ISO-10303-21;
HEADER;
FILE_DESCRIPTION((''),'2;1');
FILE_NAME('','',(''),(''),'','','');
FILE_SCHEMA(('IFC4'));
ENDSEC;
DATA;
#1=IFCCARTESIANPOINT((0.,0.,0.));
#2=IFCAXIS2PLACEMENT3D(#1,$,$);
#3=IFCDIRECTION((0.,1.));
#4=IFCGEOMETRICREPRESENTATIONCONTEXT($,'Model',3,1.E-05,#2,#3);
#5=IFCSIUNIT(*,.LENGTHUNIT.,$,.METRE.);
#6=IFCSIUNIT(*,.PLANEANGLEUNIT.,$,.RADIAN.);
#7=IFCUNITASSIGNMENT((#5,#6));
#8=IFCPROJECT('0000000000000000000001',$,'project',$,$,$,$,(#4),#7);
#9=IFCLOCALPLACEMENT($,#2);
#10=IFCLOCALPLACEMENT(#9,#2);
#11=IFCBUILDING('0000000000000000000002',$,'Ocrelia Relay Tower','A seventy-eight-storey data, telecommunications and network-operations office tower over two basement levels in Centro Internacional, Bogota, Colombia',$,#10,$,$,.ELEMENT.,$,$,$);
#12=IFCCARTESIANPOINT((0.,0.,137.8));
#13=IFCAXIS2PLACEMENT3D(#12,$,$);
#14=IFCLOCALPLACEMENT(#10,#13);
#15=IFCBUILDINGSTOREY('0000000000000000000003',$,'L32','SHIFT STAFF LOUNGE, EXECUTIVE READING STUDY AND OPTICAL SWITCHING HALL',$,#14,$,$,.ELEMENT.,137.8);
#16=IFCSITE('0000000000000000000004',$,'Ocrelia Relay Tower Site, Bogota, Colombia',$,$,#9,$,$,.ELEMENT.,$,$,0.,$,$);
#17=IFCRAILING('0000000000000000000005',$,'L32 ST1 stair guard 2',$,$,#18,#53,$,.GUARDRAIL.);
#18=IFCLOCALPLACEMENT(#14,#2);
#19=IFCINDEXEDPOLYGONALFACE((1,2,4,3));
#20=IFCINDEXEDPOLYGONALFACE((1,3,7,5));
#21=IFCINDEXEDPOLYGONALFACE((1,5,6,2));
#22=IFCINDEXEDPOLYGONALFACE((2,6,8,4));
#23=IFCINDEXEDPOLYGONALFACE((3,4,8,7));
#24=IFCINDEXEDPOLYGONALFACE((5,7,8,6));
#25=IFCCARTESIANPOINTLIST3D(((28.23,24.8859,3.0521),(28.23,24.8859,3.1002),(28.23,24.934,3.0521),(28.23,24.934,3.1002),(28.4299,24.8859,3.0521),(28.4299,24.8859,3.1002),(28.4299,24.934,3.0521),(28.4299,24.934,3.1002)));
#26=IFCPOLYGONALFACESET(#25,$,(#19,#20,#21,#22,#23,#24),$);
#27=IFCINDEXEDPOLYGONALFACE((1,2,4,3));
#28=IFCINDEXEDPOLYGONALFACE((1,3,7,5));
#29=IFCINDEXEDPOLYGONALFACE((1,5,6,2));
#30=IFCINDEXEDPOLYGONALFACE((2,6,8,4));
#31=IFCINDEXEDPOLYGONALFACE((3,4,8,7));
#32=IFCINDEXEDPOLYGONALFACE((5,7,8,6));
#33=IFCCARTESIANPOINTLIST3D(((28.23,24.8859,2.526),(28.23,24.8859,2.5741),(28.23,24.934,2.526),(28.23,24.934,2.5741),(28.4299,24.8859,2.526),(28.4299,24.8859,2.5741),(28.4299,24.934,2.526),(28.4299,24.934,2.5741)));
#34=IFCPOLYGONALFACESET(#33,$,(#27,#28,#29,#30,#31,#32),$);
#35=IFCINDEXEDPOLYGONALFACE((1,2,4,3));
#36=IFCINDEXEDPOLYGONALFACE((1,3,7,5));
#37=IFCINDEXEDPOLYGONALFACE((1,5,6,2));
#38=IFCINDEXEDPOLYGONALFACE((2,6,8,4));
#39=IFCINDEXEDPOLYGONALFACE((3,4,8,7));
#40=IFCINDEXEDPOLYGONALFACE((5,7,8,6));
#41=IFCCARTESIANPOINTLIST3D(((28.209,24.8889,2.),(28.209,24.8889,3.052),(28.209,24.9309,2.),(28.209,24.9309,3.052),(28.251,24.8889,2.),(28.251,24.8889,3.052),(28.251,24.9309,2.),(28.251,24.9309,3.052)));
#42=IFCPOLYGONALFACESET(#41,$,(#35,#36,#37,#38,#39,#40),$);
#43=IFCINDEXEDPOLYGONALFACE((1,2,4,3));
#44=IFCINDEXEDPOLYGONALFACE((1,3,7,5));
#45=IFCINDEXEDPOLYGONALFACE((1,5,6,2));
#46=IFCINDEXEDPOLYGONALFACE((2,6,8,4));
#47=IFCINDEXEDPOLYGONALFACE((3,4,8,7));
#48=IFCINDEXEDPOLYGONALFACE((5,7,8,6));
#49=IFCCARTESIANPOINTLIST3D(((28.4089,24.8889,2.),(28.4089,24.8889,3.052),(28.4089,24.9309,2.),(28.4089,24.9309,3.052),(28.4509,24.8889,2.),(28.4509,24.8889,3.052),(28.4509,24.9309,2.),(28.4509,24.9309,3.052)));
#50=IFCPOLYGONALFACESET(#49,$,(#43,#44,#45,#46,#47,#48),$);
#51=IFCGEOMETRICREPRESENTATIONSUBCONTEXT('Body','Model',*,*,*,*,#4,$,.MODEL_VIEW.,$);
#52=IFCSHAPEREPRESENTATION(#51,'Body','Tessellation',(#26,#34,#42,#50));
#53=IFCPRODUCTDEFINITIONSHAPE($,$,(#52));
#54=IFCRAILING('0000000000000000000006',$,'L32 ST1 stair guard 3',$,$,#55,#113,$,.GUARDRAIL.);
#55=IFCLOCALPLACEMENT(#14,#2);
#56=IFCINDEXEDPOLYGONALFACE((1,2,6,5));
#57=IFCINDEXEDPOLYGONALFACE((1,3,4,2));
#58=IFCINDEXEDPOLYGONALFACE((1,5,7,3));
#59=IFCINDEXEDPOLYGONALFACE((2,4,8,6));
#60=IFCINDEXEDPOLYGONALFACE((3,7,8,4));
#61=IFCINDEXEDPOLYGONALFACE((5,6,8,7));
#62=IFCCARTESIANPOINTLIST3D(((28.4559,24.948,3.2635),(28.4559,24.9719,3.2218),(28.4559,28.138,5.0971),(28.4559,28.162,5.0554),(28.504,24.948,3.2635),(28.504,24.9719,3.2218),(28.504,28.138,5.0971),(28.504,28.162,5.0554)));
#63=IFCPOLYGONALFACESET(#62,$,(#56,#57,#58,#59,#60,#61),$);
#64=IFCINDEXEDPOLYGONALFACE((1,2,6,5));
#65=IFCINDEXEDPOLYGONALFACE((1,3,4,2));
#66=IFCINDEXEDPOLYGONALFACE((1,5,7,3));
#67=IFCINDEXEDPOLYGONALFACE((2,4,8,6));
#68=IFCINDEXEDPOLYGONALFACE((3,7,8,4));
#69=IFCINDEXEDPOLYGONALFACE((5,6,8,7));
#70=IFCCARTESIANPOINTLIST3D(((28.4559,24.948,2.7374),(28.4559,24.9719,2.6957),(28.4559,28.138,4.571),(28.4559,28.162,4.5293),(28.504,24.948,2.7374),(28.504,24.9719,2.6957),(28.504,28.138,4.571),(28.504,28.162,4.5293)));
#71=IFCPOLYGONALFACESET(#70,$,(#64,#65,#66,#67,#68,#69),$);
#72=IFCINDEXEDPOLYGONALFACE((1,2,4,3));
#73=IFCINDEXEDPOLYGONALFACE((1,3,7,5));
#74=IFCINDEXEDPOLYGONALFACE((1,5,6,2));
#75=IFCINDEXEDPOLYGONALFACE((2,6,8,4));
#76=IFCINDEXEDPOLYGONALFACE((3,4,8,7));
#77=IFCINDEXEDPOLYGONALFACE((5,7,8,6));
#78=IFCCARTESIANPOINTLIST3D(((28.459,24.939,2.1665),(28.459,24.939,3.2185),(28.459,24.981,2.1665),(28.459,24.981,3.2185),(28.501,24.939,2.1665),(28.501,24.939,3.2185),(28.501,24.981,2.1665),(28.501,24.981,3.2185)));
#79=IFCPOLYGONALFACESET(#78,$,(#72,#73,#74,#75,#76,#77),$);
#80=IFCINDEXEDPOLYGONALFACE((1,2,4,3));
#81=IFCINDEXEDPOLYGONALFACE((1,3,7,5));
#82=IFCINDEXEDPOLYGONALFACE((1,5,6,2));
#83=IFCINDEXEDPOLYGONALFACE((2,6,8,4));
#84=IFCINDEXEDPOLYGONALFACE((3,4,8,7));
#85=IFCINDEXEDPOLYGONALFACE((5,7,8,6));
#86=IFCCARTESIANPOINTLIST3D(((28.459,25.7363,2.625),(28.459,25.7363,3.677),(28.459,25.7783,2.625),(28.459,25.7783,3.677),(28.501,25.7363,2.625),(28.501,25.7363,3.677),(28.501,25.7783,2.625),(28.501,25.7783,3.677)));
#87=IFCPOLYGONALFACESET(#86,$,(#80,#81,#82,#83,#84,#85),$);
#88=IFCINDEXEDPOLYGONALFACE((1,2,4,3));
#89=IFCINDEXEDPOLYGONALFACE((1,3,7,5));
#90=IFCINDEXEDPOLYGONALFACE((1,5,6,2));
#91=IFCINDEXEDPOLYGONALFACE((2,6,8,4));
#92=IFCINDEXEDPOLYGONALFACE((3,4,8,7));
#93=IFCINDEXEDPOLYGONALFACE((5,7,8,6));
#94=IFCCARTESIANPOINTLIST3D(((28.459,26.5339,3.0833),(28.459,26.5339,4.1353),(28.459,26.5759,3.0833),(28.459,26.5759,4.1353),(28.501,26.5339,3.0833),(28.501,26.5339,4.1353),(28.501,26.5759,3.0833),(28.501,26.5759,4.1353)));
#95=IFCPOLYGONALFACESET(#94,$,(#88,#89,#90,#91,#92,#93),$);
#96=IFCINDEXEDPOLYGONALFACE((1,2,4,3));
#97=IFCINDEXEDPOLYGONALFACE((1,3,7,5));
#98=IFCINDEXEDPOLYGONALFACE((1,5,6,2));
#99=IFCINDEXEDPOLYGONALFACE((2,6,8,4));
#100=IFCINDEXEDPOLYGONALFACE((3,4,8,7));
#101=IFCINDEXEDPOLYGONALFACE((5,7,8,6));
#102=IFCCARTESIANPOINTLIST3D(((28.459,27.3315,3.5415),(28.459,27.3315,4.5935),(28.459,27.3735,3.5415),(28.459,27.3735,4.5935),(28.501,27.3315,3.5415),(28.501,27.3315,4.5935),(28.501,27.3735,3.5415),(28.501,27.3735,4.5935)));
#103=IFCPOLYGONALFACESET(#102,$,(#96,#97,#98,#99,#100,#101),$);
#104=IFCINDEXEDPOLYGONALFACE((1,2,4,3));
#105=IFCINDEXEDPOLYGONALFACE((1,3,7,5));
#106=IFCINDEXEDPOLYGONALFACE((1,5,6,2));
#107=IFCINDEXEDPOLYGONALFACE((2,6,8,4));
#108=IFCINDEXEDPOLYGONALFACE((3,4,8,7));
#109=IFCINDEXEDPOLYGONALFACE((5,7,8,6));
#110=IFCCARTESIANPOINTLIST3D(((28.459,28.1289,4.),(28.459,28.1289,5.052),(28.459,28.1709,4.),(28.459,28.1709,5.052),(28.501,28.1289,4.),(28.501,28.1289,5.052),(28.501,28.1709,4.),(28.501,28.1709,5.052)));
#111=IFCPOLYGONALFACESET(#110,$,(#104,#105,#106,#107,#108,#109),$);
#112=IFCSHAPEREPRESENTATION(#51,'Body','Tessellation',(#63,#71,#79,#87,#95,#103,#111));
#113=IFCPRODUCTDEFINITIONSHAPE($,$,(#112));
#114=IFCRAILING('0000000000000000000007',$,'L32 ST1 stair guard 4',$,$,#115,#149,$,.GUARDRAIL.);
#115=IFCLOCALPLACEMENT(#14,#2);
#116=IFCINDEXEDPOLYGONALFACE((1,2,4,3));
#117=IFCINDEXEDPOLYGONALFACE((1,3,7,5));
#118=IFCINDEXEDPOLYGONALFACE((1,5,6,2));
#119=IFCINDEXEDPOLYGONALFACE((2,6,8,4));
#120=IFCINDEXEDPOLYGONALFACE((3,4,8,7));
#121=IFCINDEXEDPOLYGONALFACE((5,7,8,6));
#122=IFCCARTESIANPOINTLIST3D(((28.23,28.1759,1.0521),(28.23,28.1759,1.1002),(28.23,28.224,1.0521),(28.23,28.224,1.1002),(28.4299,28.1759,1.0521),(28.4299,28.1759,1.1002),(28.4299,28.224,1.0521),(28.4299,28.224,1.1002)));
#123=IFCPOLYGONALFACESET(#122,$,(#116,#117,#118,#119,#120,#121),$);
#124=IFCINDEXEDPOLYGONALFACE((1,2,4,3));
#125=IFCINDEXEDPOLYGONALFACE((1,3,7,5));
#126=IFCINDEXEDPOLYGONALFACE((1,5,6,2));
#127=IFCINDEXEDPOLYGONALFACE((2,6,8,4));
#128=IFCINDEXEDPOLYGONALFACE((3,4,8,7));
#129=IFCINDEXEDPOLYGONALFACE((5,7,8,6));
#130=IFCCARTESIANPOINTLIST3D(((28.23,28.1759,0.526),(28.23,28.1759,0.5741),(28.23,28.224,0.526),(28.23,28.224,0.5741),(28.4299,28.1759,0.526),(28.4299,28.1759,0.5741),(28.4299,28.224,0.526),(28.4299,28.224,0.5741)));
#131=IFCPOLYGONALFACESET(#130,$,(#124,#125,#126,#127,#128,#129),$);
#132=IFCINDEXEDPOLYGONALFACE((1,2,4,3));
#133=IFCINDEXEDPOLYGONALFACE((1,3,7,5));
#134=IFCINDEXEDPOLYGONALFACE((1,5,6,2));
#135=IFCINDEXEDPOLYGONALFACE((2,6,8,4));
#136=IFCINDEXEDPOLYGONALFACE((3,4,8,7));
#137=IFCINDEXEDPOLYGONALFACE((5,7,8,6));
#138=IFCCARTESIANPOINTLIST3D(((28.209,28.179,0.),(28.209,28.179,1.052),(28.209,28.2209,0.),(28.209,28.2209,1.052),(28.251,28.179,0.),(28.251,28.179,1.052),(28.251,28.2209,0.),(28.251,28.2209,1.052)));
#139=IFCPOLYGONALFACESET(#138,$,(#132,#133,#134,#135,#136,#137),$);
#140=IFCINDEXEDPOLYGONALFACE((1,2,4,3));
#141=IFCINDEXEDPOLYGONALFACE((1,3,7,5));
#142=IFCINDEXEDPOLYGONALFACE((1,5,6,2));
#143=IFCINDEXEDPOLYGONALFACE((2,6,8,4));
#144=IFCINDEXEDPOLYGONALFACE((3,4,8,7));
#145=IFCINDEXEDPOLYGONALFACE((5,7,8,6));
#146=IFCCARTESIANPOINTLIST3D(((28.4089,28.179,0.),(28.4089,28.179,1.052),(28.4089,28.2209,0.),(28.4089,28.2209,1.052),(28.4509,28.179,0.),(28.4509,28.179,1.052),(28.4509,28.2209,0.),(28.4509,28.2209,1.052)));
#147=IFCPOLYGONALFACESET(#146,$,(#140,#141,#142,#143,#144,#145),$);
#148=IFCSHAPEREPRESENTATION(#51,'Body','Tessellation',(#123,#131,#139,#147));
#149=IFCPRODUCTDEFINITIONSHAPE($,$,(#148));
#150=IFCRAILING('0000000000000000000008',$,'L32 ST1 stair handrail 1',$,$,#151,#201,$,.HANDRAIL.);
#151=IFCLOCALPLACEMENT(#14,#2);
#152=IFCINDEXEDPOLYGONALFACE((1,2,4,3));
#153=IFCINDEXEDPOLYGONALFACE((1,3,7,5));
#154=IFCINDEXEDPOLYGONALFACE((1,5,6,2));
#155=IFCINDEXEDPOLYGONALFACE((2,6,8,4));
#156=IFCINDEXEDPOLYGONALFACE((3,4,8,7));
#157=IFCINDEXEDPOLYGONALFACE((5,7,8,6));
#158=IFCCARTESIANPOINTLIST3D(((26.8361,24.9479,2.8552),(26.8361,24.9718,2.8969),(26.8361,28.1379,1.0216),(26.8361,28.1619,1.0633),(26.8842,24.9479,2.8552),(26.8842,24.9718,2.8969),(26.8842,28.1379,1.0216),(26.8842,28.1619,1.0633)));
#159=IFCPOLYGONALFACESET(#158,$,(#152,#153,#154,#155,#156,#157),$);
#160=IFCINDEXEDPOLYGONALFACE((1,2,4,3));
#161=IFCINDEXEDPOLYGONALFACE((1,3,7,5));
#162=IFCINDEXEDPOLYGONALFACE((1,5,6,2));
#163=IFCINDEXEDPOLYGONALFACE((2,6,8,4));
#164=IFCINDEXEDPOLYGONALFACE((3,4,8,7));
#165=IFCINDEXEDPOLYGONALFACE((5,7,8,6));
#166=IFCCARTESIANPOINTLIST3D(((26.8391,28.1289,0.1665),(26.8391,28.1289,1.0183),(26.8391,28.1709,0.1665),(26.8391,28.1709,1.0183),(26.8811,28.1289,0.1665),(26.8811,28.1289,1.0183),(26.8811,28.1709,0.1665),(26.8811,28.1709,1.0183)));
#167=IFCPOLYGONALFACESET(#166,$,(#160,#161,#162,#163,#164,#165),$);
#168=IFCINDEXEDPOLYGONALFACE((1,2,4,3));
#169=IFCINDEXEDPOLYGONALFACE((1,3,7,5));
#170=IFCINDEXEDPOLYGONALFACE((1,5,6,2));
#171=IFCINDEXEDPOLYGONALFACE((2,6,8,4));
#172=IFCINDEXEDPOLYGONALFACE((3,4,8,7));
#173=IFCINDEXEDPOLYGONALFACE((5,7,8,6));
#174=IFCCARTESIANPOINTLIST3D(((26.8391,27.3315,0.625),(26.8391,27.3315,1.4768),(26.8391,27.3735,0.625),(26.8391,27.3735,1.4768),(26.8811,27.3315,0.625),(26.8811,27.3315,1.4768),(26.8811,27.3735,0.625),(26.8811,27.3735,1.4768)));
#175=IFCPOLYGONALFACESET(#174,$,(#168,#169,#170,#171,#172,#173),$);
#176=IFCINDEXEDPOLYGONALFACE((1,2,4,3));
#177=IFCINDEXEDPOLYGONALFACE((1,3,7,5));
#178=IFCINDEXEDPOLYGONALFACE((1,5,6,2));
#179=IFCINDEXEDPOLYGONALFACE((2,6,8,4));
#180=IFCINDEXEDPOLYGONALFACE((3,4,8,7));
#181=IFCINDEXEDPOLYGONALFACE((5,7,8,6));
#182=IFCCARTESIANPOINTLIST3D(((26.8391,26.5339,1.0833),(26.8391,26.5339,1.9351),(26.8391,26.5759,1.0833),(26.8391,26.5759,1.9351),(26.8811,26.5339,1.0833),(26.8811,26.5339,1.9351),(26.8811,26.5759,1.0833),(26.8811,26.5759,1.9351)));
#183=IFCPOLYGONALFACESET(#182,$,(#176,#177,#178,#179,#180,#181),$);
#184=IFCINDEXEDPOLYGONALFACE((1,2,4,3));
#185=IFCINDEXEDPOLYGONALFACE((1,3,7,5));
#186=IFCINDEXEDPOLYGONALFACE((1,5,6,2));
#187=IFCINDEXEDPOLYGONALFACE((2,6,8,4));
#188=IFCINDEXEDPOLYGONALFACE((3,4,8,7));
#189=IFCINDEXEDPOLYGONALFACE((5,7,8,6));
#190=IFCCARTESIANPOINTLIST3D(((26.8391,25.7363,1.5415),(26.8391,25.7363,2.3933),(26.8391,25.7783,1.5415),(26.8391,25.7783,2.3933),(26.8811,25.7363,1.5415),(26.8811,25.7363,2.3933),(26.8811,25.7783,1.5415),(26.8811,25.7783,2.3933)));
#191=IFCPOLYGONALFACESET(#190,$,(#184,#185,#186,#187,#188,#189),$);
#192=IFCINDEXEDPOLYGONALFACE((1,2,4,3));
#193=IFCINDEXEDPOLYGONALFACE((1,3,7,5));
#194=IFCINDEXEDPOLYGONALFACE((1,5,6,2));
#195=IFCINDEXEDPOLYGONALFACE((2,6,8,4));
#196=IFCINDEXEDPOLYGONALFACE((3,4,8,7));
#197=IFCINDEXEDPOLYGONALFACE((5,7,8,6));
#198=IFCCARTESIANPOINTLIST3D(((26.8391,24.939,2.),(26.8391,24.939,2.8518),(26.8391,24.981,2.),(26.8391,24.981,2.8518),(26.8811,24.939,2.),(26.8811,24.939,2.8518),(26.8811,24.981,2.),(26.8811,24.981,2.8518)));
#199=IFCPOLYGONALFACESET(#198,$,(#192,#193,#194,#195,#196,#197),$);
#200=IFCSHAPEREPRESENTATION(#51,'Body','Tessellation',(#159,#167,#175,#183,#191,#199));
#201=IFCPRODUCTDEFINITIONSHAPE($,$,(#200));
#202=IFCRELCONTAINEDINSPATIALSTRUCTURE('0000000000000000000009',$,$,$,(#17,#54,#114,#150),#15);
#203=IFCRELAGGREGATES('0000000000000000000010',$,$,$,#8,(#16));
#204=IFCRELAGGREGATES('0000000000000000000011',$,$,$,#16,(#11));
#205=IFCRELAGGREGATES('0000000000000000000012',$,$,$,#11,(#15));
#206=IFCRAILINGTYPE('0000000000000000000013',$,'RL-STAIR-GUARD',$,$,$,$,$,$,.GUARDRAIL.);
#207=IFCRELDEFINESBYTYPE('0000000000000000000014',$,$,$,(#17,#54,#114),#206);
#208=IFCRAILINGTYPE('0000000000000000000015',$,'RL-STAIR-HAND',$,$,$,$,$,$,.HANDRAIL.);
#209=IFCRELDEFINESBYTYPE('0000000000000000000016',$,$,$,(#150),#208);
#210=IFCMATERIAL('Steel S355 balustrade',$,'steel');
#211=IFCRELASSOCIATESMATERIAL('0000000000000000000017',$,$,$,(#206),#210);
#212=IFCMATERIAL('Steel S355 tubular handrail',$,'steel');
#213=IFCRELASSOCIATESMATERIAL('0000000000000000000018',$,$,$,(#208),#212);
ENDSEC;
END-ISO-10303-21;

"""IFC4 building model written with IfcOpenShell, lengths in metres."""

from ifc_helpers import new_model, si_unit, direction, frame, origin, origin_2d, place, context, subcontext, project, spatial, rectangle, extrude, material, type_object, element, save


model = new_model("IFC4")

# Units and contexts
model_context = context("Model", 3, precision=1e-05, world=origin(), true_north=direction((0.0, 1.0)))
body_context = subcontext(model_context, "Body", "Model", "MODEL_VIEW")
ifc_project = project(units=[si_unit("LENGTHUNIT", "METRE"), si_unit("PLANEANGLEUNIT", "RADIAN")], contexts=[model_context])

# Site, building, storey
site_placement = place(None, origin())
site = spatial("IfcSite", under=ifc_project, at=site_placement, Name="Ocrelia Relay Tower Site, Bogota, Colombia", CompositionType="ELEMENT", RefElevation=0.0)
building_placement = place(site_placement, origin())
building = spatial("IfcBuilding", under=site, at=building_placement, Name="Ocrelia Relay Tower", Description="A seventy-eight-storey data, telecommunications and network-operations office tower over two basement levels in Centro Internacional, Bogota, Colombia", CompositionType="ELEMENT")
storey_placement = place(building_placement, frame((0.0, 0.0, 137.8)))
storey = spatial("IfcBuildingStorey", under=building, at=storey_placement, Name="L32", Description="SHIFT STAFF LOUNGE, EXECUTIVE READING STUDY AND OPTICAL SWITCHING HALL", CompositionType="ELEMENT", Elevation=137.8)

# Railings
ifc_material_1 = material(Name="Steel S355 balustrade", Category="steel")
railing_type_1 = type_object("IfcRailingType", Name="RL-STAIR-GUARD", PredefinedType="GUARDRAIL", material=ifc_material_1)
railing_1_placement = place(storey_placement, frame((28.23, 24.9099, 2.0)))
element("IfcRailing", 1, at=railing_1_placement, inside=storey, type_object=railing_type_1, Name="L32 ST1 stair guard 2", PredefinedType="GUARDRAIL", context=body_context, shape_type="SweptSolid", body=[
    extrude(rectangle(XDim=0.0481, YDim=0.0481, at=origin_2d()), frame((0.0, 0.0, 1.0762), z_axis=(1.0, 0.0, 0.0), x_axis=(0.0, 1.0, 0.0)), (0.0, 0.0, 1.0), 0.2),
    extrude(rectangle(XDim=0.0481, YDim=0.0481, at=origin_2d()), frame((0.0, 0.0, 0.55), z_axis=(1.0, 0.0, 0.0), x_axis=(0.0, 1.0, 0.0)), (0.0, 0.0, 1.0), 0.2),
    extrude(rectangle(XDim=0.042, YDim=0.042, at=origin_2d()), origin(), (0.0, 0.0, 1.0), 1.052),
    extrude(rectangle(XDim=0.042, YDim=0.042, at=origin_2d()), frame((0.2, 0.0, 0.0)), (0.0, 0.0, 1.0), 1.052),
])
railing_2_placement = place(storey_placement, frame((28.48, 24.96, 2.1665)))
element("IfcRailing", 2, at=railing_2_placement, inside=storey, type_object=railing_type_1, Name="L32 ST1 stair guard 3", PredefinedType="GUARDRAIL", context=body_context, shape_type="SweptSolid", body=[
    extrude(rectangle(XDim=0.0481, YDim=0.0481, at=origin_2d()), frame((0.0, 0.0, 1.0762), z_axis=(0.0, 0.866991, 0.498324), x_axis=(-1.0, 0.0, 0.0)), (0.0, 0.0, 1.0), 3.6794),
    extrude(rectangle(XDim=0.0481, YDim=0.0481, at=origin_2d()), frame((0.0, 0.0, 0.55), z_axis=(0.0, 0.866991, 0.498324), x_axis=(-1.0, 0.0, 0.0)), (0.0, 0.0, 1.0), 3.6794),
    extrude(rectangle(XDim=0.042, YDim=0.042, at=origin_2d()), origin(), (0.0, 0.0, 1.0), 1.052),
    extrude(rectangle(XDim=0.042, YDim=0.042, at=origin_2d()), frame((0.0, 0.7974, 0.4585)), (0.0, 0.0, 1.0), 1.052),
    extrude(rectangle(XDim=0.042, YDim=0.042, at=origin_2d()), frame((0.0, 1.595, 0.9167)), (0.0, 0.0, 1.0), 1.052),
    extrude(rectangle(XDim=0.042, YDim=0.042, at=origin_2d()), frame((0.0, 2.3926, 1.375)), (0.0, 0.0, 1.0), 1.052),
    extrude(rectangle(XDim=0.042, YDim=0.042, at=origin_2d()), frame((0.0, 3.1899, 1.8335)), (0.0, 0.0, 1.0), 1.052),
])
railing_3_placement = place(storey_placement, frame((28.23, 28.2, 0.0)))
element("IfcRailing", 3, at=railing_3_placement, inside=storey, type_object=railing_type_1, Name="L32 ST1 stair guard 4", PredefinedType="GUARDRAIL", context=body_context, shape_type="SweptSolid", body=[
    extrude(rectangle(XDim=0.0481, YDim=0.0481, at=origin_2d()), frame((0.0, 0.0, 1.0762), z_axis=(1.0, 0.0, 0.0), x_axis=(0.0, 1.0, 0.0)), (0.0, 0.0, 1.0), 0.2),
    extrude(rectangle(XDim=0.0481, YDim=0.0481, at=origin_2d()), frame((0.0, 0.0, 0.55), z_axis=(1.0, 0.0, 0.0), x_axis=(0.0, 1.0, 0.0)), (0.0, 0.0, 1.0), 0.2),
    extrude(rectangle(XDim=0.042, YDim=0.042, at=origin_2d()), origin(), (0.0, 0.0, 1.0), 1.052),
    extrude(rectangle(XDim=0.042, YDim=0.042, at=origin_2d()), frame((0.2, 0.0, 0.0)), (0.0, 0.0, 1.0), 1.052),
])
ifc_material_2 = material(Name="Steel S355 tubular handrail", Category="steel")
railing_type_2 = type_object("IfcRailingType", Name="RL-STAIR-HAND", PredefinedType="HANDRAIL", material=ifc_material_2)
railing_4_placement = place(storey_placement, frame((26.8601, 28.1499, 0.1665)))
element("IfcRailing", 4, at=railing_4_placement, inside=storey, type_object=railing_type_2, Name="L32 ST1 stair handrail 1", PredefinedType="HANDRAIL", context=body_context, shape_type="SweptSolid", body=[
    extrude(rectangle(XDim=0.0481, YDim=0.0481, at=origin_2d()), frame((0.0, 0.0, 0.876), z_axis=(0.0, -0.866991, 0.498324), x_axis=(1.0, 0.0, 0.0)), (0.0, 0.0, 1.0), 3.6794),
    extrude(rectangle(XDim=0.042, YDim=0.042, at=origin_2d()), origin(), (0.0, 0.0, 1.0), 0.8518),
    extrude(rectangle(XDim=0.042, YDim=0.042, at=origin_2d()), frame((0.0, -0.7974, 0.4585)), (0.0, 0.0, 1.0), 0.8518),
    extrude(rectangle(XDim=0.042, YDim=0.042, at=origin_2d()), frame((0.0, -1.595, 0.9167)), (0.0, 0.0, 1.0), 0.8518),
    extrude(rectangle(XDim=0.042, YDim=0.042, at=origin_2d()), frame((0.0, -2.3926, 1.375)), (0.0, 0.0, 1.0), 0.8518),
    extrude(rectangle(XDim=0.042, YDim=0.042, at=origin_2d()), frame((0.0, -3.1899, 1.8335)), (0.0, 0.0, 1.0), 0.8518),
])

save(model, "model.ifc")
